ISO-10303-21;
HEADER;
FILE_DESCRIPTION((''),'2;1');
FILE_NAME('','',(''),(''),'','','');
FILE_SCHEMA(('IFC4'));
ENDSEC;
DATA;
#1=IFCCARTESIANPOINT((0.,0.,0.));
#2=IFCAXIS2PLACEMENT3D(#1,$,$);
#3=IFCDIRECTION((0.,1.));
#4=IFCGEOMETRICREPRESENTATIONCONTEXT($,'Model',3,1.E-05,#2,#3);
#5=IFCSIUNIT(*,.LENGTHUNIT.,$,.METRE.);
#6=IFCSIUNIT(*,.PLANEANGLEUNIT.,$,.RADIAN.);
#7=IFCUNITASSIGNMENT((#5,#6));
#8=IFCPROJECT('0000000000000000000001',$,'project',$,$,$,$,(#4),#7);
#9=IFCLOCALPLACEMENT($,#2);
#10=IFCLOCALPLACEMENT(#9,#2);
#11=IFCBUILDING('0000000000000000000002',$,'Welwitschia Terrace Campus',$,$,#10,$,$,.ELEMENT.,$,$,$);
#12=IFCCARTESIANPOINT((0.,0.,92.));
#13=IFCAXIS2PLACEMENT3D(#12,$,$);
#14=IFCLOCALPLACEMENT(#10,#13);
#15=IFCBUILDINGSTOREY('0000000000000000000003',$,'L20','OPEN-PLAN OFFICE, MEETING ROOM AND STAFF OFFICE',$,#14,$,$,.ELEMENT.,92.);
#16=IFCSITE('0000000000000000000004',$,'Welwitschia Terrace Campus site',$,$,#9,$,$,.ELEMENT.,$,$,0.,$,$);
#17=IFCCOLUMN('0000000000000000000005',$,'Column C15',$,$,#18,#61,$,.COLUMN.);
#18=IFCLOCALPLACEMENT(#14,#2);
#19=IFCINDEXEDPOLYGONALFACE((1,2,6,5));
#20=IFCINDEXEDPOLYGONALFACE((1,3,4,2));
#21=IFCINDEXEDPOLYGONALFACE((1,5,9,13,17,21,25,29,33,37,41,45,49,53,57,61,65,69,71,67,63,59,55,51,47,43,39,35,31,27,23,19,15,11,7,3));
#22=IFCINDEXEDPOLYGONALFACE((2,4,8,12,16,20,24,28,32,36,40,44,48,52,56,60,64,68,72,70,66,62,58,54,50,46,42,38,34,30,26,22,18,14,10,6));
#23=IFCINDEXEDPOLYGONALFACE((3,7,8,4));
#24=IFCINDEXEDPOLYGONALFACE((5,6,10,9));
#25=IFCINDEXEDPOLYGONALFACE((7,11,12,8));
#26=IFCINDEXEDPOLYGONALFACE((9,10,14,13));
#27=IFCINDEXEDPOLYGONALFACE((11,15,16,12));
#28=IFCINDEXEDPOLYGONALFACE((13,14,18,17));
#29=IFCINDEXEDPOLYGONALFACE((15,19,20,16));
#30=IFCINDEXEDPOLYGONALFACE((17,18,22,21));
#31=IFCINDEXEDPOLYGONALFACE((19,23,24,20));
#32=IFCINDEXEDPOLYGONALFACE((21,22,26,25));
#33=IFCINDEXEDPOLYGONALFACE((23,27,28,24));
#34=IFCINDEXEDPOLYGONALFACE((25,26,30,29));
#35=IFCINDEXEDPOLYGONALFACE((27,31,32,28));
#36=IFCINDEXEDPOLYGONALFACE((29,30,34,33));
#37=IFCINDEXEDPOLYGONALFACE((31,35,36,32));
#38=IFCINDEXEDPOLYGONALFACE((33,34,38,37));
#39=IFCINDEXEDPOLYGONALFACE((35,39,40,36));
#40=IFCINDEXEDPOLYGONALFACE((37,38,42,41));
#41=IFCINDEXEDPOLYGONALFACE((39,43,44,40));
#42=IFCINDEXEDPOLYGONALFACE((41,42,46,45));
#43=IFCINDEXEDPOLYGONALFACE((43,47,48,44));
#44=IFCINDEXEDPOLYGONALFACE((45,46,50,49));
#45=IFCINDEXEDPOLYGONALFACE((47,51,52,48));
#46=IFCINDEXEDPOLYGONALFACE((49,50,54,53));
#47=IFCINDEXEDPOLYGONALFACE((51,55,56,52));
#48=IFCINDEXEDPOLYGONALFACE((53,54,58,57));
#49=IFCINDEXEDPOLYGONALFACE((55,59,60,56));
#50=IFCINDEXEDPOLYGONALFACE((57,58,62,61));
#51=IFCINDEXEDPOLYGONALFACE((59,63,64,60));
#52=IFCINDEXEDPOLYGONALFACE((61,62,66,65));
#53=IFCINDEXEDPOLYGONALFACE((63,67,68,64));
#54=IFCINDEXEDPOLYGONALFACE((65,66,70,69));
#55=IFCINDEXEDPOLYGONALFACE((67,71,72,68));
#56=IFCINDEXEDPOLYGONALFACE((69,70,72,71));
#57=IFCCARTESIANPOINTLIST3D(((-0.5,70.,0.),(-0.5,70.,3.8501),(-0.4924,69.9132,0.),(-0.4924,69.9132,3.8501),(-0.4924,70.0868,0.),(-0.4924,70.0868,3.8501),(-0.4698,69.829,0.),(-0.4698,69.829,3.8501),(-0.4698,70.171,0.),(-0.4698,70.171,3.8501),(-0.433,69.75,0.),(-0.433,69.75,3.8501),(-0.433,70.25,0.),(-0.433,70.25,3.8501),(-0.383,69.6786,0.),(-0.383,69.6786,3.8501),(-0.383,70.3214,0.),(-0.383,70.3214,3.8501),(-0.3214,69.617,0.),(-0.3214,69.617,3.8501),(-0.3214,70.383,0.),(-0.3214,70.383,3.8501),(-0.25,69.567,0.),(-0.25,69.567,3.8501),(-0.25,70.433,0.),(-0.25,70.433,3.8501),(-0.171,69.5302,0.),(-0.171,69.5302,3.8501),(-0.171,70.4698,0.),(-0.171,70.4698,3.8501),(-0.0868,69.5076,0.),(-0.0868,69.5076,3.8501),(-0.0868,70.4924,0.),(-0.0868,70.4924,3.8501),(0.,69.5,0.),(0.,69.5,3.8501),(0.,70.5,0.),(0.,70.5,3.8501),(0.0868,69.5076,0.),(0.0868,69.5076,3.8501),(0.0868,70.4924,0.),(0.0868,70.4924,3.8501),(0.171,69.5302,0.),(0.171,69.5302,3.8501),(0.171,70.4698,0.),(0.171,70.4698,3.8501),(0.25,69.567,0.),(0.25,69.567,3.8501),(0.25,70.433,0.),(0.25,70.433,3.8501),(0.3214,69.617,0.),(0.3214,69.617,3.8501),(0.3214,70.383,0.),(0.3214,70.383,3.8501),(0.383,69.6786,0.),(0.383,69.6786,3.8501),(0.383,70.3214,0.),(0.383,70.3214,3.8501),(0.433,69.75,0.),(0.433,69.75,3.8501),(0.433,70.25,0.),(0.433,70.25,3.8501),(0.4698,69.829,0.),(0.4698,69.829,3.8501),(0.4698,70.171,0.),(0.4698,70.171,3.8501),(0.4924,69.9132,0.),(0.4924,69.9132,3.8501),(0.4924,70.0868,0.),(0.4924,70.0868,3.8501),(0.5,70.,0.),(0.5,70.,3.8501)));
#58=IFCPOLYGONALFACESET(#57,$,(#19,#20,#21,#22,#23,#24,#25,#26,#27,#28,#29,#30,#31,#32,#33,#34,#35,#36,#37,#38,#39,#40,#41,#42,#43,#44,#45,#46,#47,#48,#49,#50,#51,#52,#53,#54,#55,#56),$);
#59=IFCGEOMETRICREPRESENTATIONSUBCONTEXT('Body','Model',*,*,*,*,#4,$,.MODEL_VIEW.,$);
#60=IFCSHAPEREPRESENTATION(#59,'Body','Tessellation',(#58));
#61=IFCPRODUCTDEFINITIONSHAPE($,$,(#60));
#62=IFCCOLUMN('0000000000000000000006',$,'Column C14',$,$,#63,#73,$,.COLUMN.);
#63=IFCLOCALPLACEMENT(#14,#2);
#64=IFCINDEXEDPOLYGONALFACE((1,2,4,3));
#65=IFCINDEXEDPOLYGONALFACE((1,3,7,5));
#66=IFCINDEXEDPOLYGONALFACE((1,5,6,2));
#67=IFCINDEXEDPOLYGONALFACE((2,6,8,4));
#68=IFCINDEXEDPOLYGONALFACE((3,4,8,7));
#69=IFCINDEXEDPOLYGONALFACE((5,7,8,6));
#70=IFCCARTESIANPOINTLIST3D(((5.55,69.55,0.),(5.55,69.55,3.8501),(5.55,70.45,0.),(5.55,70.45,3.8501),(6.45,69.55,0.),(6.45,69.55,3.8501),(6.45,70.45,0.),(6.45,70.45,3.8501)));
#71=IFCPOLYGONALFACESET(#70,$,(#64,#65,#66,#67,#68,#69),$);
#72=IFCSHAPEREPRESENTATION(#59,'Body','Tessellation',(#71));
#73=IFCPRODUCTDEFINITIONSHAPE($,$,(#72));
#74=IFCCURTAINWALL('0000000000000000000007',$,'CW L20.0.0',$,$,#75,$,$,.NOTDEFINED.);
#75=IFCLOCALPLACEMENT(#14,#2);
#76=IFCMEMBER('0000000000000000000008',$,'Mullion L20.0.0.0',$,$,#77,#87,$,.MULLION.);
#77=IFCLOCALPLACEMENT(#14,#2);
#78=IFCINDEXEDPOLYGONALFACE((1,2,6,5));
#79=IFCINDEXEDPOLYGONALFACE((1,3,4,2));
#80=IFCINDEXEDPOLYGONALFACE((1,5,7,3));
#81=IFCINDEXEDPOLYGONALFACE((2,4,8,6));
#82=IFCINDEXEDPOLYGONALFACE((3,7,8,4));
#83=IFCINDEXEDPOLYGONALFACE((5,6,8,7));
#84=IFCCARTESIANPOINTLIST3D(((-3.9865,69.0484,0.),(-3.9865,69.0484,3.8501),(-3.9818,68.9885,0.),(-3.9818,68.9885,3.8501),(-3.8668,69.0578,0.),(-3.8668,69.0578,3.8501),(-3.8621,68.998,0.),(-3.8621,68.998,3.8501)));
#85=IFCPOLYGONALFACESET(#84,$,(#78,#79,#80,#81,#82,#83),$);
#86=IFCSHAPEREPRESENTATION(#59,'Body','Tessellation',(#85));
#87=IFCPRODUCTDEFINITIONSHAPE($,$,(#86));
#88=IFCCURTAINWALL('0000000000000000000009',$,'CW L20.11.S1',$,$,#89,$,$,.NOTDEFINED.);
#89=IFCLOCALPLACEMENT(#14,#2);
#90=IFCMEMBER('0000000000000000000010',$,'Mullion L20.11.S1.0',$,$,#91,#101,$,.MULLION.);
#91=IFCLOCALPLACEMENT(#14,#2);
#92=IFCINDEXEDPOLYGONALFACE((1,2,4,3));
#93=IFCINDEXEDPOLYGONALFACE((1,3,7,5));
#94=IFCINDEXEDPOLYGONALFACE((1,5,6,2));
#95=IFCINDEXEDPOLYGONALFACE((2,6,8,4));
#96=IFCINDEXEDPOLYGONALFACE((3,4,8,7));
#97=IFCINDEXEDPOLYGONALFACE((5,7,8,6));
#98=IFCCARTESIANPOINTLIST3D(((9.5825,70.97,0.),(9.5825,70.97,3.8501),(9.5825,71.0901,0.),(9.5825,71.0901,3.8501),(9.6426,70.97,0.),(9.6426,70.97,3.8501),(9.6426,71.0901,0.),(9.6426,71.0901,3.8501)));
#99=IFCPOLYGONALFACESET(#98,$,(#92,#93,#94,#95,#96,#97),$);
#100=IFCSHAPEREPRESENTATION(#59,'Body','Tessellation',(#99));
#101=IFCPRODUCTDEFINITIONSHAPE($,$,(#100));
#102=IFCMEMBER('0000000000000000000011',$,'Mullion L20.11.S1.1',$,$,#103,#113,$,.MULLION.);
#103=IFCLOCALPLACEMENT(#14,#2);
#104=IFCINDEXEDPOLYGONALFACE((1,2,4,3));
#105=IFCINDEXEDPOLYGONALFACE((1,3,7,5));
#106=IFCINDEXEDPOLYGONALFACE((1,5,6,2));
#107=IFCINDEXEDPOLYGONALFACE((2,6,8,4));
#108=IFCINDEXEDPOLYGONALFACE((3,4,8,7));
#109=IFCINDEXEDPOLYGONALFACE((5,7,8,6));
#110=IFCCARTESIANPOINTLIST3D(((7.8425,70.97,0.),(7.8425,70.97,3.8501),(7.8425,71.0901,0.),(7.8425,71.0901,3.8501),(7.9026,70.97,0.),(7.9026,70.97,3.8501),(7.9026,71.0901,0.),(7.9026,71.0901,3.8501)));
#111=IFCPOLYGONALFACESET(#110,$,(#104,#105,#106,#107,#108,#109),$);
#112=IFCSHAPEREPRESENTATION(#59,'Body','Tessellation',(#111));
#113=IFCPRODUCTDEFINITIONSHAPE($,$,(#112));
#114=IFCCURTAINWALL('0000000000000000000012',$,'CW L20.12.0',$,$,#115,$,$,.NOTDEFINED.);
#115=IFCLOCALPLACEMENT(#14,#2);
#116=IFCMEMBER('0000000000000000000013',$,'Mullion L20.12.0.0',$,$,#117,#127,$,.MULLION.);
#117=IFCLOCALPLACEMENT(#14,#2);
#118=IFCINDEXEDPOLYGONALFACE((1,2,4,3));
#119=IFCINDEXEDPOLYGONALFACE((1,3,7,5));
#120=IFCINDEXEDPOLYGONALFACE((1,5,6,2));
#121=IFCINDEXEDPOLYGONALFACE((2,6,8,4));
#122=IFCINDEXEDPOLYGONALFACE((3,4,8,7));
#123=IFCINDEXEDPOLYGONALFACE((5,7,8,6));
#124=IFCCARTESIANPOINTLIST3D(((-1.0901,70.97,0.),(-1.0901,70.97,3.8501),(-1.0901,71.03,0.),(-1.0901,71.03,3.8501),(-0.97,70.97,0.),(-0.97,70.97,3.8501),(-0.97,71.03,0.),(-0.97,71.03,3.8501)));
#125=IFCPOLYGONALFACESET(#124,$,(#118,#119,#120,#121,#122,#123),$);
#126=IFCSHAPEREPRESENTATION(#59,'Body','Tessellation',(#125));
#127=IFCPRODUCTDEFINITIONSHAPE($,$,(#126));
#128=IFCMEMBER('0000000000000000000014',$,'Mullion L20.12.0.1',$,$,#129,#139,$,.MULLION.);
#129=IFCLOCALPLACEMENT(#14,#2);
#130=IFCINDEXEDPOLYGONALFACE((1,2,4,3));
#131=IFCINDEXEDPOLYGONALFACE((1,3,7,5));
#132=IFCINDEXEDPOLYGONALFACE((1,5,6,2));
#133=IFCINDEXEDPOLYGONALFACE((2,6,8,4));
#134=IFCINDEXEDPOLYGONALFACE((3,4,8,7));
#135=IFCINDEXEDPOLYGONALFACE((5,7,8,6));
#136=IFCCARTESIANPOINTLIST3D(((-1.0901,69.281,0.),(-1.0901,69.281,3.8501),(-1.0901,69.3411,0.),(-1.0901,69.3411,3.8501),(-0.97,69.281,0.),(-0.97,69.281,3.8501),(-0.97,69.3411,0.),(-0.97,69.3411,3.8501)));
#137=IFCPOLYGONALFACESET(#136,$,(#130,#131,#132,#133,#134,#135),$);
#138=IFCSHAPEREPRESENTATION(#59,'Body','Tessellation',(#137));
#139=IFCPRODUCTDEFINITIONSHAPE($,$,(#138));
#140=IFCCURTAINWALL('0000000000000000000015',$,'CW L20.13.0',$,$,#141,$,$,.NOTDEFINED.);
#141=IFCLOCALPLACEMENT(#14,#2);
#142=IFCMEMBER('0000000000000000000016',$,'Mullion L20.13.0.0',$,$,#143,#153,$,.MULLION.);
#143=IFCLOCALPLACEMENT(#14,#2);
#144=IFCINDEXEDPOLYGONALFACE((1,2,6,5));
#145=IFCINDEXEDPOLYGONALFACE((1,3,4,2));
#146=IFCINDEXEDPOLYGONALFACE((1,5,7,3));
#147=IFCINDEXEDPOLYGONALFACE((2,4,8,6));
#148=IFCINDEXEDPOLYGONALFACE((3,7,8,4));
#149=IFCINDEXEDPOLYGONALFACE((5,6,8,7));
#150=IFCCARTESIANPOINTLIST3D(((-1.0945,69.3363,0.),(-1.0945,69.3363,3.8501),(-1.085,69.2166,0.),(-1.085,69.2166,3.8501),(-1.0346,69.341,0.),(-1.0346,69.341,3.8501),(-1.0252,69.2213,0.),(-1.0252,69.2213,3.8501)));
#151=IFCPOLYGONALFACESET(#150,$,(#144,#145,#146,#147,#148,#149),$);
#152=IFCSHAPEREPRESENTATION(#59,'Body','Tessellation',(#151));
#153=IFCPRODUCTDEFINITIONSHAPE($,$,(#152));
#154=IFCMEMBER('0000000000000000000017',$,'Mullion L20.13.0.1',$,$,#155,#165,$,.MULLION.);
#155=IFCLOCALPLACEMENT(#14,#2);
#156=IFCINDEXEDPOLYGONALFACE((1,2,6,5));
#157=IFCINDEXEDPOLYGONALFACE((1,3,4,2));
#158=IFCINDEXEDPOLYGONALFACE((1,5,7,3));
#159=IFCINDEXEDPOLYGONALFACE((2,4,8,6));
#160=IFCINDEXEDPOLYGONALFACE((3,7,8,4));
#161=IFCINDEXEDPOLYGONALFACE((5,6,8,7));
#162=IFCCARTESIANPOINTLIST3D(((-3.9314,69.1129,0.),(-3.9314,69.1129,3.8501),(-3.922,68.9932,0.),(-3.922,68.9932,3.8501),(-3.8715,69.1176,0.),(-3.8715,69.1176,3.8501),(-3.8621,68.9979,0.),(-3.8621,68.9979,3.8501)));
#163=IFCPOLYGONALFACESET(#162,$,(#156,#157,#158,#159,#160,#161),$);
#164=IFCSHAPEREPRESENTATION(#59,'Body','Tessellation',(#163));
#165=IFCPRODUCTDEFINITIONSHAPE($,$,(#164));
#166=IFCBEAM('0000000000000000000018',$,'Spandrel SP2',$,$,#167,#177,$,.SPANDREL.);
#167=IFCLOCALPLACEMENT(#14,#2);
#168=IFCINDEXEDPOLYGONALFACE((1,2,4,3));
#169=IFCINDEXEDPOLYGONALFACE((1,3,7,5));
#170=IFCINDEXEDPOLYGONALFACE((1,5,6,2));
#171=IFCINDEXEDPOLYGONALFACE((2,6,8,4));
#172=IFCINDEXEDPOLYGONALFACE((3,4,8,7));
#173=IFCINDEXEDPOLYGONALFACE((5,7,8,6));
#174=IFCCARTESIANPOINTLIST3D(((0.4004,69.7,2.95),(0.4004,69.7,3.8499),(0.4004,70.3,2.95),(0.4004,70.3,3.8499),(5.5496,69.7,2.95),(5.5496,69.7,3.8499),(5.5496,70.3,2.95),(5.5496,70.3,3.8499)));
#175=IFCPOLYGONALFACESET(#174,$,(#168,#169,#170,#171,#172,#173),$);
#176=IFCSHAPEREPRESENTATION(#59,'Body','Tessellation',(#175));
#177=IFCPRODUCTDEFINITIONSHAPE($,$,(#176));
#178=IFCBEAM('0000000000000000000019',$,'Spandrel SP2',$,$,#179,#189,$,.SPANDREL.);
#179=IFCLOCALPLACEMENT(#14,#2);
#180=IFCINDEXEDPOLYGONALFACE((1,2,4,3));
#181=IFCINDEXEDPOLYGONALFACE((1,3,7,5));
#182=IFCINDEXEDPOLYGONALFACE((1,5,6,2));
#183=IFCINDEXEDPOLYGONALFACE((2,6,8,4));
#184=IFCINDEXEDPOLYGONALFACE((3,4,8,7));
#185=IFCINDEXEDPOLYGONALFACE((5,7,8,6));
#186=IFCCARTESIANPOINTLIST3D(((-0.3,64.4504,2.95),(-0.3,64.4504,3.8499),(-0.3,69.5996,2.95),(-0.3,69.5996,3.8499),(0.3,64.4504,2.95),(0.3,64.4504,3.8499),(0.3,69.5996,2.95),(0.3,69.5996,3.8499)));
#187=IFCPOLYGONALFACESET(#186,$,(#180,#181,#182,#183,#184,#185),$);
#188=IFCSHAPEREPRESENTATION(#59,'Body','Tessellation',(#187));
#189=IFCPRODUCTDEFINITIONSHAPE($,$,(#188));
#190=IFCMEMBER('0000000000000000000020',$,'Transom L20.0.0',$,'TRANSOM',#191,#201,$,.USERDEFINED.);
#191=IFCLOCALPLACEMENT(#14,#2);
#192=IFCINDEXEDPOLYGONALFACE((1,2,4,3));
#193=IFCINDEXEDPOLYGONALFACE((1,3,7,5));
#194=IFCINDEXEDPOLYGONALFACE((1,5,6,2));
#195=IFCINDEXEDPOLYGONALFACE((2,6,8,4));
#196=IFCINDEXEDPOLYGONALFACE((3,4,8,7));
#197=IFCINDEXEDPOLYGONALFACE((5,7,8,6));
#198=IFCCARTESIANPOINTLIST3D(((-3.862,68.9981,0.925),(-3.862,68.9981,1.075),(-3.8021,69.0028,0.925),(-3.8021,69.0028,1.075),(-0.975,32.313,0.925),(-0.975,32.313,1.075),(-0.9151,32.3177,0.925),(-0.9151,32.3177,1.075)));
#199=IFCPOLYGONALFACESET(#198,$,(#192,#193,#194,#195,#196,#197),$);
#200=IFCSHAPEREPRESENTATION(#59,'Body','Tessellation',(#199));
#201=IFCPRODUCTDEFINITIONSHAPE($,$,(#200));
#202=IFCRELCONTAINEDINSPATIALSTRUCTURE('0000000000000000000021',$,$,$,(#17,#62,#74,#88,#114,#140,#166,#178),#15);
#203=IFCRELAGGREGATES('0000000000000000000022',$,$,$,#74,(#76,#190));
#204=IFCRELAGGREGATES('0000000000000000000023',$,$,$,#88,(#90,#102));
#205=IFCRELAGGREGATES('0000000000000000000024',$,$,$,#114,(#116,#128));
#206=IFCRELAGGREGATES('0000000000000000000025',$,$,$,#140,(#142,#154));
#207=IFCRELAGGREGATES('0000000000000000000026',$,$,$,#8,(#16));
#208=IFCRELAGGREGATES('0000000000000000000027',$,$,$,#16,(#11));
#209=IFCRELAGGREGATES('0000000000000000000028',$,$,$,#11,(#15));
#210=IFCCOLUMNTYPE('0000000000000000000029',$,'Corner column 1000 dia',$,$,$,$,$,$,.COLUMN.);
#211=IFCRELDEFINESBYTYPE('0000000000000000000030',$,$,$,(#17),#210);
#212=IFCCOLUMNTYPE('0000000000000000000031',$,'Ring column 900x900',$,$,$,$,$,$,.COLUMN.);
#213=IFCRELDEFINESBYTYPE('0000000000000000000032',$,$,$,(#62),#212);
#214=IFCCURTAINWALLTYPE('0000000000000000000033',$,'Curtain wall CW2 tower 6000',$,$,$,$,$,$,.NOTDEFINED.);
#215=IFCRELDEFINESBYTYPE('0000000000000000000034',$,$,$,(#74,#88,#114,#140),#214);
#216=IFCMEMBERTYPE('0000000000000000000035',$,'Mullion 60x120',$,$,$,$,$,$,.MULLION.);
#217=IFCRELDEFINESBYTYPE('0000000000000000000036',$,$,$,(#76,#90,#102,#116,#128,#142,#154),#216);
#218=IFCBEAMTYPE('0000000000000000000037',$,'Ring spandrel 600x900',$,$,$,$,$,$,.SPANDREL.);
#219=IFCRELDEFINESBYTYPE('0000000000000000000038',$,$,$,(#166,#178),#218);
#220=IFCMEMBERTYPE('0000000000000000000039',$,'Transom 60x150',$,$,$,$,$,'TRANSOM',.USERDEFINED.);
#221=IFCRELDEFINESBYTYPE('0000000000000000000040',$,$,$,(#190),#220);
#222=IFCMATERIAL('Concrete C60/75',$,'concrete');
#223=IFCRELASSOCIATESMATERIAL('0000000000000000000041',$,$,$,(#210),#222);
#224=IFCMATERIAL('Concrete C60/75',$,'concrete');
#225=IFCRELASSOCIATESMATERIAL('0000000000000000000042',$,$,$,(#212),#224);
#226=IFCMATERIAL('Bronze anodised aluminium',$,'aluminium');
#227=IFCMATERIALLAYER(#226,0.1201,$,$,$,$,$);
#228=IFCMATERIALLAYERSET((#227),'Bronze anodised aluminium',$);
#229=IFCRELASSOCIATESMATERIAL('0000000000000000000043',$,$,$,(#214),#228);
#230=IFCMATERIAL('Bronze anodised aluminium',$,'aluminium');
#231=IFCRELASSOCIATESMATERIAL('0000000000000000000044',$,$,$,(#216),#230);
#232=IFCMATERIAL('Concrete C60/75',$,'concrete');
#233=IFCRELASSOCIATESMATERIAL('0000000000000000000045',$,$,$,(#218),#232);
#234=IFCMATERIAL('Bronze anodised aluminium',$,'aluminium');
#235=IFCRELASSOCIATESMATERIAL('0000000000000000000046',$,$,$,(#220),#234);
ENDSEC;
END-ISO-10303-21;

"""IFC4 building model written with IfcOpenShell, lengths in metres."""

from ifc_helpers import new_model, si_unit, direction, frame, origin, origin_2d, place, context, subcontext, project, spatial, rectangle, circle, extrude, material, layer, layer_set, material_profile, profile_set, type_object, element, aggregate, save


model = new_model("IFC4")

# Units and contexts
model_context = context("Model", 3, precision=1e-05, world=origin(), true_north=direction((0.0, 1.0)))
body_context = subcontext(model_context, "Body", "Model", "MODEL_VIEW")
ifc_project = project(units=[si_unit("LENGTHUNIT", "METRE"), si_unit("PLANEANGLEUNIT", "RADIAN")], contexts=[model_context])

# Site, building, storey
site_placement = place(None, origin())
site = spatial("IfcSite", under=ifc_project, at=site_placement, Name="Welwitschia Terrace Campus site", CompositionType="ELEMENT", RefElevation=0.0)
building_placement = place(site_placement, origin())
building = spatial("IfcBuilding", under=site, at=building_placement, Name="Welwitschia Terrace Campus", CompositionType="ELEMENT")
storey_placement = place(building_placement, frame((0.0, 0.0, 92.0)))
storey = spatial("IfcBuildingStorey", under=building, at=storey_placement, Name="L20", Description="OPEN-PLAN OFFICE, MEETING ROOM AND STAFF OFFICE", CompositionType="ELEMENT", Elevation=92.0)

# Columns
ifc_material_1 = material(Name="Concrete C60/75", Category="concrete")
ifc_material_profile_1 = material_profile(ifc_material_1, circle(Radius=0.5, at=origin_2d()))
ifc_profile_set_1 = profile_set([ifc_material_profile_1], Name="Concrete C60/75")
column_type_1 = type_object("IfcColumnType", Name="Corner column 1000 dia", PredefinedType="COLUMN", material=ifc_profile_set_1)
column_1_placement = place(storey_placement, frame((0.0, 70.0, 0.0), z_axis=(0.0, 0.0, 1.0), x_axis=(1.0, 0.0, 0.0)))
element("IfcColumn", 1, at=column_1_placement, inside=storey, type_object=column_type_1, Name="Column C15", PredefinedType="COLUMN", context=body_context, shape_type="SweptSolid", body=[
    extrude(circle(Radius=0.5, at=origin_2d()), origin(), (0.0, 0.0, 1.0), 3.8501),
])
ifc_material_2 = material(Name="Concrete C60/75", Category="concrete")
ifc_material_profile_2 = material_profile(ifc_material_2, rectangle(XDim=0.8999, YDim=0.8999, at=origin_2d()))
ifc_profile_set_2 = profile_set([ifc_material_profile_2], Name="Concrete C60/75")
column_type_2 = type_object("IfcColumnType", Name="Ring column 900x900", PredefinedType="COLUMN", material=ifc_profile_set_2)
column_2_placement = place(storey_placement, frame((6.0, 70.0, 0.0), z_axis=(0.0, 0.0, 1.0), x_axis=(1.0, 0.0, 0.0)))
element("IfcColumn", 2, at=column_2_placement, inside=storey, type_object=column_type_2, Name="Column C14", PredefinedType="COLUMN", context=body_context, shape_type="SweptSolid", body=[
    extrude(rectangle(XDim=0.8999, YDim=0.8999, at=origin_2d()), origin(), (0.0, 0.0, 1.0), 3.8501),
])

# Curtain wall, member
ifc_material_3 = material(Name="Bronze anodised aluminium", Category="aluminium")
ifc_layer_1 = layer(ifc_material_3, 0.1201)
ifc_layer_set_1 = layer_set([ifc_layer_1], Name="Bronze anodised aluminium")
curtain_wall_type = type_object("IfcCurtainWallType", Name="Curtain wall CW2 tower 6000", PredefinedType="NOTDEFINED", material=ifc_layer_set_1)
curtain_wall_1_placement = place(storey_placement, origin())
curtain_wall_1 = element("IfcCurtainWall", 3, at=curtain_wall_1_placement, inside=storey, type_object=curtain_wall_type, Name="CW L20.0.0", PredefinedType="NOTDEFINED")
ifc_material_4 = material(Name="Bronze anodised aluminium", Category="aluminium")
ifc_material_profile_3 = material_profile(ifc_material_4, rectangle(XDim=0.1201, YDim=0.0601, at=origin_2d()))
ifc_profile_set_3 = profile_set([ifc_material_profile_3], Name="Bronze anodised aluminium")
member_type_1 = type_object("IfcMemberType", Name="Mullion 60x120", PredefinedType="MULLION", material=ifc_profile_set_3)
member_1_placement = place(storey_placement, frame((-3.9243, 69.0232, 0.0), z_axis=(0.0, 0.0, 1.0), x_axis=(0.996917, 0.078459, 0.0)))
member_1 = element("IfcMember", 4, at=member_1_placement, type_object=member_type_1, Name="Mullion L20.0.0.0", PredefinedType="MULLION", context=body_context, shape_type="SweptSolid", body=[
    extrude(rectangle(XDim=0.1201, YDim=0.0601, at=origin_2d()), origin(), (0.0, 0.0, 1.0), 3.8501),
])

# Curtain walls, members
curtain_wall_2_placement = place(storey_placement, origin())
curtain_wall_2 = element("IfcCurtainWall", 5, at=curtain_wall_2_placement, inside=storey, type_object=curtain_wall_type, Name="CW L20.11.S1", PredefinedType="NOTDEFINED")
member_2_placement = place(storey_placement, frame((9.6125, 71.03, 0.0), z_axis=(0.0, 0.0, 1.0), x_axis=(0.0, -1.0, 0.0)))
member_2 = element("IfcMember", 6, at=member_2_placement, type_object=member_type_1, Name="Mullion L20.11.S1.0", PredefinedType="MULLION", context=body_context, shape_type="SweptSolid", body=[
    extrude(rectangle(XDim=0.1201, YDim=0.0601, at=origin_2d()), origin(), (0.0, 0.0, 1.0), 3.8501),
])
member_3_placement = place(storey_placement, frame((7.8726, 71.03, 0.0), z_axis=(0.0, 0.0, 1.0), x_axis=(0.0, -1.0, 0.0)))
member_3 = element("IfcMember", 7, at=member_3_placement, type_object=member_type_1, Name="Mullion L20.11.S1.1", PredefinedType="MULLION", context=body_context, shape_type="SweptSolid", body=[
    extrude(rectangle(XDim=0.1201, YDim=0.0601, at=origin_2d()), origin(), (0.0, 0.0, 1.0), 3.8501),
])
curtain_wall_3_placement = place(storey_placement, origin())
curtain_wall_3 = element("IfcCurtainWall", 8, at=curtain_wall_3_placement, inside=storey, type_object=curtain_wall_type, Name="CW L20.12.0", PredefinedType="NOTDEFINED")
member_4_placement = place(storey_placement, frame((-1.03, 71.0, 0.0), z_axis=(0.0, 0.0, 1.0), x_axis=(1.0, 0.0, 0.0)))
member_4 = element("IfcMember", 9, at=member_4_placement, type_object=member_type_1, Name="Mullion L20.12.0.0", PredefinedType="MULLION", context=body_context, shape_type="SweptSolid", body=[
    extrude(rectangle(XDim=0.1201, YDim=0.0601, at=origin_2d()), origin(), (0.0, 0.0, 1.0), 3.8501),
])
member_5_placement = place(storey_placement, frame((-1.03, 69.311, 0.0), z_axis=(0.0, 0.0, 1.0), x_axis=(1.0, 0.0, 0.0)))
member_5 = element("IfcMember", 10, at=member_5_placement, type_object=member_type_1, Name="Mullion L20.12.0.1", PredefinedType="MULLION", context=body_context, shape_type="SweptSolid", body=[
    extrude(rectangle(XDim=0.1201, YDim=0.0601, at=origin_2d()), origin(), (0.0, 0.0, 1.0), 3.8501),
])
curtain_wall_4_placement = place(storey_placement, origin())
curtain_wall_4 = element("IfcCurtainWall", 11, at=curtain_wall_4_placement, inside=storey, type_object=curtain_wall_type, Name="CW L20.13.0", PredefinedType="NOTDEFINED")
member_6_placement = place(storey_placement, frame((-1.0598, 69.2788, 0.0), z_axis=(0.0, 0.0, 1.0), x_axis=(0.078459, -0.996917, 0.0)))
member_6 = element("IfcMember", 12, at=member_6_placement, type_object=member_type_1, Name="Mullion L20.13.0.0", PredefinedType="MULLION", context=body_context, shape_type="SweptSolid", body=[
    extrude(rectangle(XDim=0.1201, YDim=0.0601, at=origin_2d()), origin(), (0.0, 0.0, 1.0), 3.8501),
])
member_7_placement = place(storey_placement, frame((-3.8967, 69.0554, 0.0), z_axis=(0.0, 0.0, 1.0), x_axis=(0.078459, -0.996917, 0.0)))
member_7 = element("IfcMember", 13, at=member_7_placement, type_object=member_type_1, Name="Mullion L20.13.0.1", PredefinedType="MULLION", context=body_context, shape_type="SweptSolid", body=[
    extrude(rectangle(XDim=0.1201, YDim=0.0601, at=origin_2d()), origin(), (0.0, 0.0, 1.0), 3.8501),
])

# Beams
ifc_material_5 = material(Name="Concrete C60/75", Category="concrete")
ifc_material_profile_4 = material_profile(ifc_material_5, rectangle(XDim=0.6001, YDim=0.8999, at=origin_2d()))
ifc_profile_set_4 = profile_set([ifc_material_profile_4], Name="Concrete C60/75")
beam_type = type_object("IfcBeamType", Name="Ring spandrel 600x900", PredefinedType="SPANDREL", material=ifc_profile_set_4)
for number, where, z_axis, x_axis, name in (
    (14, (5.5496, 70.0, 3.3999), (-1.0, 0.0, 0.0), (0.0, -1.0, 0.0), "Spandrel SP2"),
    (15, (0.0, 69.5996, 3.3999), (0.0, -1.0, 0.0), (1.0, 0.0, 0.0), "Spandrel SP2"),
):
    element("IfcBeam", number, at=place(storey_placement, frame(where, z_axis=z_axis, x_axis=x_axis)), inside=storey, type_object=beam_type, Name=name, PredefinedType="SPANDREL", context=body_context, shape_type="SweptSolid", body=[
        extrude(rectangle(XDim=0.6001, YDim=0.8999, at=origin_2d()), origin(), (0.0, 0.0, 1.0), 5.1492),
    ])

# Member
ifc_material_6 = material(Name="Bronze anodised aluminium", Category="aluminium")
ifc_material_profile_5 = material_profile(ifc_material_6, rectangle(XDim=0.0601, YDim=0.1499, at=origin_2d()))
ifc_profile_set_5 = profile_set([ifc_material_profile_5], Name="Bronze anodised aluminium")
member_type_2 = type_object("IfcMemberType", Name="Transom 60x150", ElementType="TRANSOM", PredefinedType="USERDEFINED", material=ifc_profile_set_5)
member_8_placement = place(storey_placement, frame((-3.832, 69.0005, 1.0), z_axis=(0.078453, -0.996918, 0.0), x_axis=(0.996918, 0.078453, 0.0)))
member_8 = element("IfcMember", 16, at=member_8_placement, type_object=member_type_2, Name="Transom L20.0.0", ObjectType="TRANSOM", PredefinedType="USERDEFINED", context=body_context, shape_type="SweptSolid", body=[
    extrude(rectangle(XDim=0.0601, YDim=0.1499, at=origin_2d()), origin(), (0.0, 0.0, 1.0), 36.7986),
])

aggregate(curtain_wall_1, [member_1, member_8])
aggregate(curtain_wall_2, [member_2, member_3])
aggregate(curtain_wall_3, [member_4, member_5])
aggregate(curtain_wall_4, [member_6, member_7])

save(model, "model.ifc")
